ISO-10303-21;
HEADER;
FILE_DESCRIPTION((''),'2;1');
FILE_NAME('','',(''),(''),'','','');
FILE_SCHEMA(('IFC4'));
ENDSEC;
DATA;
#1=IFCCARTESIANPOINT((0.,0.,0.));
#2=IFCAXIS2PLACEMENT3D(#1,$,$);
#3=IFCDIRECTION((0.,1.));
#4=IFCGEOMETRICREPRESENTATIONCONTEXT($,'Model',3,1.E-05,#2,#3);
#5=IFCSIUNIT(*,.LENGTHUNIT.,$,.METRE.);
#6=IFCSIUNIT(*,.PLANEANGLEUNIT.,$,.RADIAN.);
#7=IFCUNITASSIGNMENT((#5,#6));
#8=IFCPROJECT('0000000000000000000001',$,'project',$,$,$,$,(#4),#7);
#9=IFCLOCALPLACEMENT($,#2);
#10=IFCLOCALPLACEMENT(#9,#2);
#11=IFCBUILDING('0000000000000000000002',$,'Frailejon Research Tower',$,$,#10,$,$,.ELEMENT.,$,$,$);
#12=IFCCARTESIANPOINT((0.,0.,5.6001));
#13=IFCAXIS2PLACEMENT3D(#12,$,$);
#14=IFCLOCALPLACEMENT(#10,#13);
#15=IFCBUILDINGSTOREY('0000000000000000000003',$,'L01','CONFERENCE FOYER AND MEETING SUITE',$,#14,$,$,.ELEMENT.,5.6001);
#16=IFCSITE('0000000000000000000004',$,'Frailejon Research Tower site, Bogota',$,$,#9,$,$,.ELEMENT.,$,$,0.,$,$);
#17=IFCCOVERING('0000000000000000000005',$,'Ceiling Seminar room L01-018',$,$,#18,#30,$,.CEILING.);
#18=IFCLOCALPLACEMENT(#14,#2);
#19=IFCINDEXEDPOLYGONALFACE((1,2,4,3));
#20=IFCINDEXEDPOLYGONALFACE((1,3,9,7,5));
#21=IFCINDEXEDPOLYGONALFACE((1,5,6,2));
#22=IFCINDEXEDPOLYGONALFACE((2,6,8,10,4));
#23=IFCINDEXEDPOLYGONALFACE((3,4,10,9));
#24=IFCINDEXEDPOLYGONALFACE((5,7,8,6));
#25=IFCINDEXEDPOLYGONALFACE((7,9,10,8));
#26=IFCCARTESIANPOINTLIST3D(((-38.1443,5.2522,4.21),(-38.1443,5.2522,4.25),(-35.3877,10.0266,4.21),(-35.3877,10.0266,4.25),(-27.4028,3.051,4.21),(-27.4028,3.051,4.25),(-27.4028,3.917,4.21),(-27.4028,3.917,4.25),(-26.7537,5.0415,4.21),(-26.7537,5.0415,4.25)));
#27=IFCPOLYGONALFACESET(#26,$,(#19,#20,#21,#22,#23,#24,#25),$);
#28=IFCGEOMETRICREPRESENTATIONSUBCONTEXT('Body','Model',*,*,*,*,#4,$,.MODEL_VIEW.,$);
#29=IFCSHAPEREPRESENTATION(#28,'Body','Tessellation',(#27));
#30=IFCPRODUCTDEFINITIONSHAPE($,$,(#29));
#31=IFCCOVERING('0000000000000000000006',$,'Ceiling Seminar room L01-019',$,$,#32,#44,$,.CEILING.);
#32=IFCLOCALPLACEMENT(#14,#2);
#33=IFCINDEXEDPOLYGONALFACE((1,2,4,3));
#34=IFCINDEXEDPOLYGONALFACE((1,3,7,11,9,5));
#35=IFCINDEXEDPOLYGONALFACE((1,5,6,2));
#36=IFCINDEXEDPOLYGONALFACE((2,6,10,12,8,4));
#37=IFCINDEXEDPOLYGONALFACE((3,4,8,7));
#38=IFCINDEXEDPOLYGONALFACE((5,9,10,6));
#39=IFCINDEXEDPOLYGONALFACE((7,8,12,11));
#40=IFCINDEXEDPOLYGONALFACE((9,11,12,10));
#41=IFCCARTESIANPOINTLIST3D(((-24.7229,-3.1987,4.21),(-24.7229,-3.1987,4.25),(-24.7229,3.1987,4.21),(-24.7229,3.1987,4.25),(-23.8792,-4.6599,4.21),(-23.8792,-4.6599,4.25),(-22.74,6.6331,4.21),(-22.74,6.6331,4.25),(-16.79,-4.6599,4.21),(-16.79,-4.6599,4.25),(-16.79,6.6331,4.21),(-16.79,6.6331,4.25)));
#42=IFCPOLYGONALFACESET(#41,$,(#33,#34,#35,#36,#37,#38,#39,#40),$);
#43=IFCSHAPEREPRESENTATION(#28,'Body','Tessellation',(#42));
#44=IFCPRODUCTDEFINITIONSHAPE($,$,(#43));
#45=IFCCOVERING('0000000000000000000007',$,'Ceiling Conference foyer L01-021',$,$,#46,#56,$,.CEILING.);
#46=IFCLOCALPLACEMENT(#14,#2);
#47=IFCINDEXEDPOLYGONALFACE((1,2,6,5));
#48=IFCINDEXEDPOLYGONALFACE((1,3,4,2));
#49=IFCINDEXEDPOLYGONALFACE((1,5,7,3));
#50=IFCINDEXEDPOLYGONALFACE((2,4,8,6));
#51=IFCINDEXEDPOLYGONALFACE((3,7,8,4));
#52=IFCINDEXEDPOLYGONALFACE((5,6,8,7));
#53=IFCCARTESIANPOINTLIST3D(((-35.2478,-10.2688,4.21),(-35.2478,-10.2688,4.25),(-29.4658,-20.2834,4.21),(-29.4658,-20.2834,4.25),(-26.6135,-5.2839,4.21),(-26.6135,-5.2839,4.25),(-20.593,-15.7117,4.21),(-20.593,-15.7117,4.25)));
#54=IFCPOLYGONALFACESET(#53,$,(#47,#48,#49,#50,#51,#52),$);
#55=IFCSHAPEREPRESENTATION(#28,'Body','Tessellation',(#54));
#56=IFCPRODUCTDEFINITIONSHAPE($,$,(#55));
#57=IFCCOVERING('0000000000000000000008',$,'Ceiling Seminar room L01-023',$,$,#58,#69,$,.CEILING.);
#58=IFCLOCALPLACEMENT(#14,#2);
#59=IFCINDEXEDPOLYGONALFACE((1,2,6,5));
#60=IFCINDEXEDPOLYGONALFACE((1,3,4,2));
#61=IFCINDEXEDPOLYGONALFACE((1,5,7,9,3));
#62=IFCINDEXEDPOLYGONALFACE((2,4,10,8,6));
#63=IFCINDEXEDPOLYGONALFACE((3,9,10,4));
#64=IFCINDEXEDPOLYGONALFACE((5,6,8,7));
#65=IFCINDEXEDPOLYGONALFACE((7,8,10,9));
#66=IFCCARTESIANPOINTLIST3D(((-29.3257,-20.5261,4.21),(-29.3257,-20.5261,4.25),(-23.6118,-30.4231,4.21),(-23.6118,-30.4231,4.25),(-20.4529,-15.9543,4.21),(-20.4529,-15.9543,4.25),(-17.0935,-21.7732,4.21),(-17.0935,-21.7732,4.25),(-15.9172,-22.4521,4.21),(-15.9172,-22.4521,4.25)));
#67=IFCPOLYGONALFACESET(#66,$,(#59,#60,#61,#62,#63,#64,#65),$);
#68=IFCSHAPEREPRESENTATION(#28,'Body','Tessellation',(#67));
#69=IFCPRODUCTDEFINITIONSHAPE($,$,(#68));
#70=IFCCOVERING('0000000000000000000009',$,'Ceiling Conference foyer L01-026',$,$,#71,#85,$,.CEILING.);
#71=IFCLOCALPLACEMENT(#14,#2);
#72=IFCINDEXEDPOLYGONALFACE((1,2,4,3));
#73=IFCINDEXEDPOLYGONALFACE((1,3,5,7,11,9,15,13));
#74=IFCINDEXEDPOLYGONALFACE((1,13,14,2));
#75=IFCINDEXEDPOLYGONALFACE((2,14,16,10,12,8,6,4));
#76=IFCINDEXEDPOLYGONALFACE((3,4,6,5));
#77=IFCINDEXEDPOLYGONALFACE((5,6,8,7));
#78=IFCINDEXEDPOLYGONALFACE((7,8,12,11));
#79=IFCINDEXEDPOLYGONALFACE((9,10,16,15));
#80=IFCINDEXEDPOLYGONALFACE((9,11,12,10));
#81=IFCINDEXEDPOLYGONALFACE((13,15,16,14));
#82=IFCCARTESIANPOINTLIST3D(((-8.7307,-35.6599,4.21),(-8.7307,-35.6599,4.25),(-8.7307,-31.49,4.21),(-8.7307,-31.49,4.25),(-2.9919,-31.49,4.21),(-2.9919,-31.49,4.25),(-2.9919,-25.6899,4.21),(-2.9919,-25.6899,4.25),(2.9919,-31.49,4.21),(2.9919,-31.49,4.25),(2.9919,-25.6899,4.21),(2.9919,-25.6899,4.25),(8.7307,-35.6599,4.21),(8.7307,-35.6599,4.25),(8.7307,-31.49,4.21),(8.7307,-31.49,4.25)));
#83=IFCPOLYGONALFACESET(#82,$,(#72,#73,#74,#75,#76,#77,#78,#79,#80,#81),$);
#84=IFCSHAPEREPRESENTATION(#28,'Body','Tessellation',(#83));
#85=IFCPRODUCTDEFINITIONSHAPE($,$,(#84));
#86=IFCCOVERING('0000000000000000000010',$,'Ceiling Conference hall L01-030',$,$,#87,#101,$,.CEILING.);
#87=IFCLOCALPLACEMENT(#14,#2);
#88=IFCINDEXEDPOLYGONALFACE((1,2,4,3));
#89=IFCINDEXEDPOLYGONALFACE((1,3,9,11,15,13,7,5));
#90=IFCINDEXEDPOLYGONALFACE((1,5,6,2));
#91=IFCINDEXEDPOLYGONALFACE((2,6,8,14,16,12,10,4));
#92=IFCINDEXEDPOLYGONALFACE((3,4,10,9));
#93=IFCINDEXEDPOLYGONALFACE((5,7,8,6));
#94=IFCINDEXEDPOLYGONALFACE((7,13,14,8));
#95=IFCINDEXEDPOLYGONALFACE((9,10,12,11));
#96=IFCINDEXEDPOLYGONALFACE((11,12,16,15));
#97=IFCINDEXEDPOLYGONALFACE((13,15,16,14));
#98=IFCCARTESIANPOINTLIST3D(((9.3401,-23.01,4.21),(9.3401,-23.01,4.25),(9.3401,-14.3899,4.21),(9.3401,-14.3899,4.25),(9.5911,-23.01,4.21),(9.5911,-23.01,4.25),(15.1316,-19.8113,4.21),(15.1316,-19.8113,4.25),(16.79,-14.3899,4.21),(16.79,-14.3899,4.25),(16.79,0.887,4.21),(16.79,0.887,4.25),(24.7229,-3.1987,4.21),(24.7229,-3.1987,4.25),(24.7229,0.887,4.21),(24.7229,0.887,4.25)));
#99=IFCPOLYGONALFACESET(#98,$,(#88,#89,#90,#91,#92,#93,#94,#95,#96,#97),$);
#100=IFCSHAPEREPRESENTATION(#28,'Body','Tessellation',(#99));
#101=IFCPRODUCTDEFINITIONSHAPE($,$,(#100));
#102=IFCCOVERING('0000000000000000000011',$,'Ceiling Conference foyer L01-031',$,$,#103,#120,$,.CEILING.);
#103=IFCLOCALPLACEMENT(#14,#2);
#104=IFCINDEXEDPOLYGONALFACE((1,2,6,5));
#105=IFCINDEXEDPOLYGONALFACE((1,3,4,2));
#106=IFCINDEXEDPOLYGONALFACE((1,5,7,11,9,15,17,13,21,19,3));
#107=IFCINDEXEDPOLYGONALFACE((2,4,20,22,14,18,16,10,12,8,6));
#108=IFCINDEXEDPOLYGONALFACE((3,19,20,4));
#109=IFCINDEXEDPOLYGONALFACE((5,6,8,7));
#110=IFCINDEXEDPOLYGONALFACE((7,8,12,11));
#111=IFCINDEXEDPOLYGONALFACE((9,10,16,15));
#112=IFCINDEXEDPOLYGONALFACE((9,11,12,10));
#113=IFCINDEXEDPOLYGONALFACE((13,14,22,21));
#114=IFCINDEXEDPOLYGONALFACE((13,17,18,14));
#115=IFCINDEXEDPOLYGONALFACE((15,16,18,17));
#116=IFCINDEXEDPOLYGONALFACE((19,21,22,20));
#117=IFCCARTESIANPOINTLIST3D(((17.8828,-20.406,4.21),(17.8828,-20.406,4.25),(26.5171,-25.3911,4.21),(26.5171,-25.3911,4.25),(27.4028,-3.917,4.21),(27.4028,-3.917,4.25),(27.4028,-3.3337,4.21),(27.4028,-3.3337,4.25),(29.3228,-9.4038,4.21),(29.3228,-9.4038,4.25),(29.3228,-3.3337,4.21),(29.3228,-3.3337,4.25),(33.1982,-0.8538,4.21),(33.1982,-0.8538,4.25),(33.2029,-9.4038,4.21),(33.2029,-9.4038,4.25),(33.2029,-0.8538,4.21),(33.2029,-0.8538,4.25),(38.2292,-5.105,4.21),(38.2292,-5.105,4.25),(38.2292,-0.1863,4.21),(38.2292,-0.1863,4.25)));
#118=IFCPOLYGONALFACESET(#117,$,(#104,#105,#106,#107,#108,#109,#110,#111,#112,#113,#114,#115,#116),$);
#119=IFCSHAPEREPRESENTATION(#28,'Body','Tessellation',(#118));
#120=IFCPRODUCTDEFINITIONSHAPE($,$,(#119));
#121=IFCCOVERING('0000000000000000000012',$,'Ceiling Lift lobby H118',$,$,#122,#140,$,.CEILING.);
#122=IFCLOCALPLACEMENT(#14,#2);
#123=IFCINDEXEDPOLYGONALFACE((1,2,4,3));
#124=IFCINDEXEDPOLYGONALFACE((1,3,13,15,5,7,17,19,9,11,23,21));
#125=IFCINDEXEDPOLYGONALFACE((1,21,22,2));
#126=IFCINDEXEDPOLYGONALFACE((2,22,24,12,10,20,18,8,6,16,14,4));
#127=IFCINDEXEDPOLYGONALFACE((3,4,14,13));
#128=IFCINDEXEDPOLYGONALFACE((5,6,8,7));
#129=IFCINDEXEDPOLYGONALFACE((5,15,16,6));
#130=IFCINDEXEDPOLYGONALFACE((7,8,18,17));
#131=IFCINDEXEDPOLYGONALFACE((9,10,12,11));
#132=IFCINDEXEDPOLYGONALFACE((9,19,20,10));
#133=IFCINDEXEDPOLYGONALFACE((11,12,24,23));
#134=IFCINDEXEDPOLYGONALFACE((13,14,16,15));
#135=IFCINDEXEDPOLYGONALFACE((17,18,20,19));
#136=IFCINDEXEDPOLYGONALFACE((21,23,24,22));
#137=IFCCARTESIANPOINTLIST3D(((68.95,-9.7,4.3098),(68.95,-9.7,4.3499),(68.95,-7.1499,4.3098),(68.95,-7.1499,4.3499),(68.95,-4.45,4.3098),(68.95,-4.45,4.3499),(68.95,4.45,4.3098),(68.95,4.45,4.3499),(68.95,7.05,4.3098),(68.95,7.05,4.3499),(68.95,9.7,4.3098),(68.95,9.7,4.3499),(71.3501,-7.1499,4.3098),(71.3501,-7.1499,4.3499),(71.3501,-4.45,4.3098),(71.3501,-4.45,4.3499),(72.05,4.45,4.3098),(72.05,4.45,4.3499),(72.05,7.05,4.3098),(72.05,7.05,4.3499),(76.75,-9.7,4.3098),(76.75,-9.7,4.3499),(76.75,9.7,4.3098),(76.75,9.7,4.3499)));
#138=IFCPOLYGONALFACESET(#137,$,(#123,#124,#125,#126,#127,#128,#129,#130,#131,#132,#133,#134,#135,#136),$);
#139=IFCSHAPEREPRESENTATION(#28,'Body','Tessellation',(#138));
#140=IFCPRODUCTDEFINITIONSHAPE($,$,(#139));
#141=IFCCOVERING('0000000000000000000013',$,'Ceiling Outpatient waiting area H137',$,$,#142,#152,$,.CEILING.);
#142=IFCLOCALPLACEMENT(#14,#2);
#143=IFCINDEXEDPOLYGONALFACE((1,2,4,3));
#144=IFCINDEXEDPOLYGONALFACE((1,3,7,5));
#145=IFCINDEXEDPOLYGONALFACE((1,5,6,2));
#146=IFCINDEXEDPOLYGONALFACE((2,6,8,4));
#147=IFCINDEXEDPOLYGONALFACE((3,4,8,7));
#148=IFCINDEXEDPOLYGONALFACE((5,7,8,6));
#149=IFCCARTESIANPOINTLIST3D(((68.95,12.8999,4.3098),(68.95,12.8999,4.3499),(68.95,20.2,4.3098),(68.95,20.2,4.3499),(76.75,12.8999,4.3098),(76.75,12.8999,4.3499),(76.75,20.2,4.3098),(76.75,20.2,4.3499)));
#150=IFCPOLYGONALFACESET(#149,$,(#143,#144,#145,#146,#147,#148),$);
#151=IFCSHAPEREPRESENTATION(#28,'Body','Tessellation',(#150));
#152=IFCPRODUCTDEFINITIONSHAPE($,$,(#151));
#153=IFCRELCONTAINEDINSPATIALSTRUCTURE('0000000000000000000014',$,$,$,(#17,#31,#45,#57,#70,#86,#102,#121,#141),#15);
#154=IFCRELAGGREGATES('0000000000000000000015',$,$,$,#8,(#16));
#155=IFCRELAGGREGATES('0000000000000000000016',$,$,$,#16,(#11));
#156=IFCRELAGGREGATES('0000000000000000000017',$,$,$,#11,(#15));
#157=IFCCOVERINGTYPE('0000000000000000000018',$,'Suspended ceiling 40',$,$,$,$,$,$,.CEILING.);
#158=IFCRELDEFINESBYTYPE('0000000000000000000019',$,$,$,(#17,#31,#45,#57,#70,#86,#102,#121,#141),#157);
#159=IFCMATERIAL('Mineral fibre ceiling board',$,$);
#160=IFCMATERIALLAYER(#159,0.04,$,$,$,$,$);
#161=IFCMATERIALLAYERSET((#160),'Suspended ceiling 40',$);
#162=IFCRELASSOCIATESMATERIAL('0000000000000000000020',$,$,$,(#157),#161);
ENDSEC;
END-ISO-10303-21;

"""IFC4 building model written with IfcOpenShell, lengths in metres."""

from ifc_helpers import new_model, si_unit, direction, frame, origin, place, context, subcontext, project, spatial, polyline, outline, extrude, material, layer, layer_set, type_object, element, save


model = new_model("IFC4")

# Units and contexts
model_context = context("Model", 3, precision=1e-05, world=origin(), true_north=direction((0.0, 1.0)))
body_context = subcontext(model_context, "Body", "Model", "MODEL_VIEW")
ifc_project = project(units=[si_unit("LENGTHUNIT", "METRE"), si_unit("PLANEANGLEUNIT", "RADIAN")], contexts=[model_context])

# Site, building, storey
site_placement = place(None, origin())
site = spatial("IfcSite", under=ifc_project, at=site_placement, Name="Frailejon Research Tower site, Bogota", CompositionType="ELEMENT", RefElevation=0.0)
building_placement = place(site_placement, origin())
building = spatial("IfcBuilding", under=site, at=building_placement, Name="Frailejon Research Tower", CompositionType="ELEMENT")
storey_placement = place(building_placement, frame((0.0, 0.0, 5.6001)))
storey = spatial("IfcBuildingStorey", under=building, at=storey_placement, Name="L01", Description="CONFERENCE FOYER AND MEETING SUITE", CompositionType="ELEMENT", Elevation=5.6001)

# Coverings
ifc_material_1 = material(Name="Mineral fibre ceiling board")
ifc_layer_1 = layer(ifc_material_1, 0.04)
ifc_layer_set_1 = layer_set([ifc_layer_1], Name="Suspended ceiling 40")
covering_type = type_object("IfcCoveringType", Name="Suspended ceiling 40", PredefinedType="CEILING", material=ifc_layer_set_1)
covering_1_placement = place(storey_placement, frame((0.0, 0.0, 4.21)))
element("IfcCovering", 1, at=covering_1_placement, inside=storey, type_object=covering_type, Name="Ceiling Seminar room L01-018", PredefinedType="CEILING", context=body_context, shape_type="SweptSolid", body=[
    extrude(outline(polyline([(-27.4028, 3.051), (-27.4028, 3.917), (-26.7537, 5.0415), (-35.3877, 10.0266), (-38.1443, 5.2522), (-27.4028, 3.051)])), origin(), (0.0, 0.0, 1.0), 0.04),
])
covering_2_placement = place(storey_placement, frame((0.0, 0.0, 4.21)))
element("IfcCovering", 2, at=covering_2_placement, inside=storey, type_object=covering_type, Name="Ceiling Seminar room L01-019", PredefinedType="CEILING", context=body_context, shape_type="SweptSolid", body=[
    extrude(outline(polyline([(-24.7229, -3.1987), (-23.8792, -4.6599), (-16.79, -4.6599), (-16.79, 6.6331), (-22.74, 6.6331), (-24.7229, 3.1987), (-24.7229, -3.1987)])), origin(), (0.0, 0.0, 1.0), 0.04),
])
covering_3_placement = place(storey_placement, frame((0.0, 0.0, 4.21)))
element("IfcCovering", 3, at=covering_3_placement, inside=storey, type_object=covering_type, Name="Ceiling Conference foyer L01-021", PredefinedType="CEILING", context=body_context, shape_type="SweptSolid", body=[
    extrude(outline(polyline([(-20.593, -15.7117), (-26.6135, -5.2839), (-35.2478, -10.2688), (-29.4658, -20.2834), (-20.593, -15.7117)])), origin(), (0.0, 0.0, 1.0), 0.04),
])
covering_4_placement = place(storey_placement, frame((0.0, 0.0, 4.21)))
element("IfcCovering", 4, at=covering_4_placement, inside=storey, type_object=covering_type, Name="Ceiling Seminar room L01-023", PredefinedType="CEILING", context=body_context, shape_type="SweptSolid", body=[
    extrude(outline(polyline([(-15.9172, -22.4521), (-17.0935, -21.7732), (-20.4529, -15.9543), (-29.3257, -20.5261), (-23.6118, -30.4231), (-15.9172, -22.4521)])), origin(), (0.0, 0.0, 1.0), 0.04),
])
covering_5_placement = place(storey_placement, frame((0.0, 0.0, 4.21)))
element("IfcCovering", 5, at=covering_5_placement, inside=storey, type_object=covering_type, Name="Ceiling Conference foyer L01-026", PredefinedType="CEILING", context=body_context, shape_type="SweptSolid", body=[
    extrude(outline(polyline([(-2.9919, -25.6899), (-2.9919, -31.49), (-8.7307, -31.49), (-8.7307, -35.6599), (8.7307, -35.6599), (8.7307, -31.49), (2.9919, -31.49), (2.9919, -25.6899), (-2.9919, -25.6899)])), origin(), (0.0, 0.0, 1.0), 0.04),
])
covering_6_placement = place(storey_placement, frame((0.0, 0.0, 4.21)))
element("IfcCovering", 6, at=covering_6_placement, inside=storey, type_object=covering_type, Name="Ceiling Conference hall L01-030", PredefinedType="CEILING", context=body_context, shape_type="SweptSolid", body=[
    extrude(outline(polyline([(9.3401, -14.3899), (9.3401, -23.01), (9.5911, -23.01), (15.1316, -19.8113), (24.7229, -3.1987), (24.7229, 0.887), (16.79, 0.887), (16.79, -14.3899), (9.3401, -14.3899)])), origin(), (0.0, 0.0, 1.0), 0.04),
])
covering_7_placement = place(storey_placement, frame((0.0, 0.0, 4.21)))
element("IfcCovering", 7, at=covering_7_placement, inside=storey, type_object=covering_type, Name="Ceiling Conference foyer L01-031", PredefinedType="CEILING", context=body_context, shape_type="SweptSolid", body=[
    extrude(outline(polyline([(17.8828, -20.406), (26.5171, -25.3911), (38.2292, -5.105), (38.2292, -0.1863), (33.1982, -0.8538), (33.2029, -0.8538), (33.2029, -9.4038), (29.3228, -9.4038), (29.3228, -3.3337), (27.4028, -3.3337), (27.4028, -3.917), (17.8828, -20.406)])), origin(), (0.0, 0.0, 1.0), 0.04),
])
covering_8_placement = place(storey_placement, frame((0.0, 0.0, 4.3098)))
element("IfcCovering", 8, at=covering_8_placement, inside=storey, type_object=covering_type, Name="Ceiling Lift lobby H118", PredefinedType="CEILING", context=body_context, shape_type="SweptSolid", body=[
    extrude(outline(polyline([(68.95, 7.05), (72.05, 7.05), (72.05, 4.45), (68.95, 4.45), (68.95, -4.45), (71.3501, -4.45), (71.3501, -7.1499), (68.95, -7.1499), (68.95, -9.7), (76.75, -9.7), (76.75, 9.7), (68.95, 9.7), (68.95, 7.05)])), origin(), (0.0, 0.0, 1.0), 0.04),
])
covering_9_placement = place(storey_placement, frame((0.0, 0.0, 4.3098)))
element("IfcCovering", 9, at=covering_9_placement, inside=storey, type_object=covering_type, Name="Ceiling Outpatient waiting area H137", PredefinedType="CEILING", context=body_context, shape_type="SweptSolid", body=[
    extrude(outline(polyline([(76.75, 20.2), (68.95, 20.2), (68.95, 12.8999), (76.75, 12.8999), (76.75, 20.2)])), origin(), (0.0, 0.0, 1.0), 0.04),
])

save(model, "model.ifc")
